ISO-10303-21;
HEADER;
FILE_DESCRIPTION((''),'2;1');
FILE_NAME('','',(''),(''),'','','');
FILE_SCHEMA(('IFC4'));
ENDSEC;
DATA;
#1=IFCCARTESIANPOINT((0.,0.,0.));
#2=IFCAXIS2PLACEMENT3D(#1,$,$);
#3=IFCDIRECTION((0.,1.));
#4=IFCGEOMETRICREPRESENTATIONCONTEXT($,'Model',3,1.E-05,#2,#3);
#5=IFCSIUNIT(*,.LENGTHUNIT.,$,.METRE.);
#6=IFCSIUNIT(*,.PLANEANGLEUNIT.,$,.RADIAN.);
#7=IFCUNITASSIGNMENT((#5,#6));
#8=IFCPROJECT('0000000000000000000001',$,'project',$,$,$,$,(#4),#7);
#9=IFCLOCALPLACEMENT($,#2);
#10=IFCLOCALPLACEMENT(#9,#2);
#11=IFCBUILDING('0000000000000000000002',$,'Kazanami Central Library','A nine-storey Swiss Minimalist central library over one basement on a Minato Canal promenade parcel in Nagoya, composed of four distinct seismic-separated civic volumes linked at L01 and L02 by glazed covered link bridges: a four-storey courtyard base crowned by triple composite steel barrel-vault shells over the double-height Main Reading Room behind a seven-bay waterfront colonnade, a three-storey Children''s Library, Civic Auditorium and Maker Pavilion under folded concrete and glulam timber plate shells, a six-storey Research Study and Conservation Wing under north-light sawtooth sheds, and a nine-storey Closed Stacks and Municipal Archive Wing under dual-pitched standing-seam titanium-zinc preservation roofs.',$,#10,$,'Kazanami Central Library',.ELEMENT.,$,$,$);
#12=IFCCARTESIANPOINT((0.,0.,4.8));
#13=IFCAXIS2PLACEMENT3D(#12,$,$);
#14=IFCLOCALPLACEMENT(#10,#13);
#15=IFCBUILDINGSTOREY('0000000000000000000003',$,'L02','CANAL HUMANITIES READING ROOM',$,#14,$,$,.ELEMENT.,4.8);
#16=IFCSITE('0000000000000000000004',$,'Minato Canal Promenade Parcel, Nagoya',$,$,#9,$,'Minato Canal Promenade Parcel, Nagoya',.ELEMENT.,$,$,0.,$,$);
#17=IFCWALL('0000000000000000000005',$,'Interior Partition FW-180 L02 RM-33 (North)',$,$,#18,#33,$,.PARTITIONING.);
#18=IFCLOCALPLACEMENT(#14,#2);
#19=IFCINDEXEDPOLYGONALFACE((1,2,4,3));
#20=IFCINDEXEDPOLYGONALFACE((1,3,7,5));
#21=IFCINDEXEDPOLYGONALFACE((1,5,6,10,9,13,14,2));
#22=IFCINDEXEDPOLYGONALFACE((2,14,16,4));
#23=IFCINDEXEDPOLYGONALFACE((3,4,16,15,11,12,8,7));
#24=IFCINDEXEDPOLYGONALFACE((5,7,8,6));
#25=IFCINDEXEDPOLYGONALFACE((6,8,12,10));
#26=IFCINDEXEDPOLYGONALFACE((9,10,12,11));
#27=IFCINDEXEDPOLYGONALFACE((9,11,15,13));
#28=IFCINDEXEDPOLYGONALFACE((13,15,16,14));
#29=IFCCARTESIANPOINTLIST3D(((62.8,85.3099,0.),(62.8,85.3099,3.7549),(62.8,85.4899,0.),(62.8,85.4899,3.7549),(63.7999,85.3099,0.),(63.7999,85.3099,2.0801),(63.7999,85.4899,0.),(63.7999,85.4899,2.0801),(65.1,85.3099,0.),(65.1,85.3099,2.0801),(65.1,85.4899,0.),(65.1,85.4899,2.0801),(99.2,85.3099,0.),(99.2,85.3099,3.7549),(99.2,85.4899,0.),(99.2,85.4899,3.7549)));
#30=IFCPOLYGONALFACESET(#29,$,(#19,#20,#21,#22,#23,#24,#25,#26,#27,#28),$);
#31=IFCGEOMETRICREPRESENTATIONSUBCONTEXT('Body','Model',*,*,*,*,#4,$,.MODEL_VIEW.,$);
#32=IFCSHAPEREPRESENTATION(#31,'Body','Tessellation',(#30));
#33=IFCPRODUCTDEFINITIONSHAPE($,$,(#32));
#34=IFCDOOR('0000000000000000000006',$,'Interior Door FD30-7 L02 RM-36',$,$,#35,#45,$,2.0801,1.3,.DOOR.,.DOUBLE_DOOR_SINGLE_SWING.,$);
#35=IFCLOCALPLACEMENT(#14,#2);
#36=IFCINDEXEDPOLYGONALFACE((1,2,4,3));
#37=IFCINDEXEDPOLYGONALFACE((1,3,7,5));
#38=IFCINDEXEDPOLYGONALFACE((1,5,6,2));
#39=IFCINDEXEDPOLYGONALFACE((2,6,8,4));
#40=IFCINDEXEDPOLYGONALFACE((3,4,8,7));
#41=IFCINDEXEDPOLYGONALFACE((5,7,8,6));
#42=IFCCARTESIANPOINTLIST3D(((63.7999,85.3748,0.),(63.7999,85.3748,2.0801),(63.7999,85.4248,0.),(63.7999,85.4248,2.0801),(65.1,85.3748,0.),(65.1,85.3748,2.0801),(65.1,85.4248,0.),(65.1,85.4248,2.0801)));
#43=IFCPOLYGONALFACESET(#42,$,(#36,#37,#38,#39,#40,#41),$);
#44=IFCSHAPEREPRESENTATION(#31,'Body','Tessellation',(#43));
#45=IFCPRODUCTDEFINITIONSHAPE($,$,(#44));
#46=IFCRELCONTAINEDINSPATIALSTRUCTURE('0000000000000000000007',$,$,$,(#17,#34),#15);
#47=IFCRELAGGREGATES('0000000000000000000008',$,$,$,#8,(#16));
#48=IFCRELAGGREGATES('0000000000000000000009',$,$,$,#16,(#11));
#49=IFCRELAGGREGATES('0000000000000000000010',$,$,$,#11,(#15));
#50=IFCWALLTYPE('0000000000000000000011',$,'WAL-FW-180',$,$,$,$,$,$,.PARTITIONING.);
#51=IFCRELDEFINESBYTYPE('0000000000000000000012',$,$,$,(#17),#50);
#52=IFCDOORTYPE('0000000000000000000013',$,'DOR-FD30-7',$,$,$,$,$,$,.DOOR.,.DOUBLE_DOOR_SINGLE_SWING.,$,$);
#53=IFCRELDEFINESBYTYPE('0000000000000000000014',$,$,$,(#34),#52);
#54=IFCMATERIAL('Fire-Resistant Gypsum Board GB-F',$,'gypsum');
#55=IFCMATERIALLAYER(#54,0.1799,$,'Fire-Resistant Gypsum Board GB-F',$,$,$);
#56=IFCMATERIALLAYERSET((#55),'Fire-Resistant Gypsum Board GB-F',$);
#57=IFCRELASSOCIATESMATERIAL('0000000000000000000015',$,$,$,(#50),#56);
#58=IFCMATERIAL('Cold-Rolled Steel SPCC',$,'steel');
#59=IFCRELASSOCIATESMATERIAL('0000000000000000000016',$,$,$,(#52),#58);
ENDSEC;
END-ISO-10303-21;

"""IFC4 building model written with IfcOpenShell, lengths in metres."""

from ifc_helpers import new_model, si_unit, direction, frame, frame_2d, origin, place, context, subcontext, project, spatial, rectangle, extrude, material, layer, layer_set, type_object, element, fill, save


model = new_model("IFC4")

# Units and contexts
model_context = context("Model", 3, precision=1e-05, world=origin(), true_north=direction((0.0, 1.0)))
body_context = subcontext(model_context, "Body", "Model", "MODEL_VIEW")
ifc_project = project(units=[si_unit("LENGTHUNIT", "METRE"), si_unit("PLANEANGLEUNIT", "RADIAN")], contexts=[model_context])

# Site, building, storey
site_placement = place(None, origin())
site = spatial("IfcSite", under=ifc_project, at=site_placement, Name="Minato Canal Promenade Parcel, Nagoya", LongName="Minato Canal Promenade Parcel, Nagoya", CompositionType="ELEMENT", RefElevation=0.0)
building_placement = place(site_placement, origin())
building = spatial("IfcBuilding", under=site, at=building_placement, Name="Kazanami Central Library", Description="A nine-storey Swiss Minimalist central library over one basement on a Minato Canal promenade parcel in Nagoya, composed of four distinct seismic-separated civic volumes linked at L01 and L02 by glazed covered link bridges: a four-storey courtyard base crowned by triple composite steel barrel-vault shells over the double-height Main Reading Room behind a seven-bay waterfront colonnade, a three-storey Children's Library, Civic Auditorium and Maker Pavilion under folded concrete and glulam timber plate shells, a six-storey Research Study and Conservation Wing under north-light sawtooth sheds, and a nine-storey Closed Stacks and Municipal Archive Wing under dual-pitched standing-seam titanium-zinc preservation roofs.", LongName="Kazanami Central Library", CompositionType="ELEMENT")
storey_placement = place(building_placement, frame((0.0, 0.0, 4.8)))
storey = spatial("IfcBuildingStorey", under=building, at=storey_placement, Name="L02", Description="CANAL HUMANITIES READING ROOM", CompositionType="ELEMENT", Elevation=4.8)

# Wall, opening, door
ifc_material_1 = material(Name="Fire-Resistant Gypsum Board GB-F", Category="gypsum")
ifc_layer_1 = layer(ifc_material_1, 0.1799, Name="Fire-Resistant Gypsum Board GB-F")
ifc_layer_set_1 = layer_set([ifc_layer_1], Name="Fire-Resistant Gypsum Board GB-F")
wall_type_1 = type_object("IfcWallType", Name="WAL-FW-180", PredefinedType="PARTITIONING", material=ifc_layer_set_1)
wall_1_placement = place(storey_placement, frame((62.8, 85.3999, 0.0), z_axis=(0.0, 0.0, 1.0), x_axis=(1.0, 0.0, 0.0)))
wall_1 = element("IfcWall", 1, at=wall_1_placement, inside=storey, type_object=wall_type_1, Name="Interior Partition FW-180 L02 RM-33 (North)", PredefinedType="PARTITIONING", context=body_context, shape_type="SweptSolid", body=[
    extrude(rectangle(XDim=36.3999, YDim=0.1799, at=frame_2d((18.2, 0.0))), origin(), (0.0, 0.0, 1.0), 3.7549),
])
opening_1_placement = place(wall_1_placement, frame((1.0, 0.0, 0.0)))
opening_1 = element("IfcOpeningElement", 2, at=opening_1_placement, cuts=wall_1, PredefinedType="OPENING", context=body_context, shape_type="SweptSolid", body=[
    extrude(rectangle(XDim=1.3, YDim=2.0801, at=frame_2d((0.6499, 1.04))), frame((0.0, 0.1021, 0.0), z_axis=(0.0, -1.0, 0.0), x_axis=(1.0, 0.0, 0.0)), (0.0, 0.0, 1.0), 0.2039),
])
ifc_material_2 = material(Name="Cold-Rolled Steel SPCC", Category="steel")
door_type = type_object("IfcDoorType", Name="DOR-FD30-7", OperationType="DOUBLE_DOOR_SINGLE_SWING", PredefinedType="DOOR", material=ifc_material_2)
door_placement = place(opening_1_placement, origin())
door = element("IfcDoor", 3, at=door_placement, inside=storey, type_object=door_type, Name="Interior Door FD30-7 L02 RM-36", OperationType="DOUBLE_DOOR_SINGLE_SWING", OverallHeight=2.0801, OverallWidth=1.3, PredefinedType="DOOR", context=body_context, shape_type="SweptSolid", body=[
    extrude(rectangle(XDim=1.3, YDim=2.0801, at=frame_2d((0.6499, 1.04))), frame((0.0, 0.0249, 0.0), z_axis=(0.0, -1.0, 0.0), x_axis=(1.0, 0.0, 0.0)), (0.0, 0.0, 1.0), 0.05),
])
fill(opening_1, door)

save(model, "model.ifc")
